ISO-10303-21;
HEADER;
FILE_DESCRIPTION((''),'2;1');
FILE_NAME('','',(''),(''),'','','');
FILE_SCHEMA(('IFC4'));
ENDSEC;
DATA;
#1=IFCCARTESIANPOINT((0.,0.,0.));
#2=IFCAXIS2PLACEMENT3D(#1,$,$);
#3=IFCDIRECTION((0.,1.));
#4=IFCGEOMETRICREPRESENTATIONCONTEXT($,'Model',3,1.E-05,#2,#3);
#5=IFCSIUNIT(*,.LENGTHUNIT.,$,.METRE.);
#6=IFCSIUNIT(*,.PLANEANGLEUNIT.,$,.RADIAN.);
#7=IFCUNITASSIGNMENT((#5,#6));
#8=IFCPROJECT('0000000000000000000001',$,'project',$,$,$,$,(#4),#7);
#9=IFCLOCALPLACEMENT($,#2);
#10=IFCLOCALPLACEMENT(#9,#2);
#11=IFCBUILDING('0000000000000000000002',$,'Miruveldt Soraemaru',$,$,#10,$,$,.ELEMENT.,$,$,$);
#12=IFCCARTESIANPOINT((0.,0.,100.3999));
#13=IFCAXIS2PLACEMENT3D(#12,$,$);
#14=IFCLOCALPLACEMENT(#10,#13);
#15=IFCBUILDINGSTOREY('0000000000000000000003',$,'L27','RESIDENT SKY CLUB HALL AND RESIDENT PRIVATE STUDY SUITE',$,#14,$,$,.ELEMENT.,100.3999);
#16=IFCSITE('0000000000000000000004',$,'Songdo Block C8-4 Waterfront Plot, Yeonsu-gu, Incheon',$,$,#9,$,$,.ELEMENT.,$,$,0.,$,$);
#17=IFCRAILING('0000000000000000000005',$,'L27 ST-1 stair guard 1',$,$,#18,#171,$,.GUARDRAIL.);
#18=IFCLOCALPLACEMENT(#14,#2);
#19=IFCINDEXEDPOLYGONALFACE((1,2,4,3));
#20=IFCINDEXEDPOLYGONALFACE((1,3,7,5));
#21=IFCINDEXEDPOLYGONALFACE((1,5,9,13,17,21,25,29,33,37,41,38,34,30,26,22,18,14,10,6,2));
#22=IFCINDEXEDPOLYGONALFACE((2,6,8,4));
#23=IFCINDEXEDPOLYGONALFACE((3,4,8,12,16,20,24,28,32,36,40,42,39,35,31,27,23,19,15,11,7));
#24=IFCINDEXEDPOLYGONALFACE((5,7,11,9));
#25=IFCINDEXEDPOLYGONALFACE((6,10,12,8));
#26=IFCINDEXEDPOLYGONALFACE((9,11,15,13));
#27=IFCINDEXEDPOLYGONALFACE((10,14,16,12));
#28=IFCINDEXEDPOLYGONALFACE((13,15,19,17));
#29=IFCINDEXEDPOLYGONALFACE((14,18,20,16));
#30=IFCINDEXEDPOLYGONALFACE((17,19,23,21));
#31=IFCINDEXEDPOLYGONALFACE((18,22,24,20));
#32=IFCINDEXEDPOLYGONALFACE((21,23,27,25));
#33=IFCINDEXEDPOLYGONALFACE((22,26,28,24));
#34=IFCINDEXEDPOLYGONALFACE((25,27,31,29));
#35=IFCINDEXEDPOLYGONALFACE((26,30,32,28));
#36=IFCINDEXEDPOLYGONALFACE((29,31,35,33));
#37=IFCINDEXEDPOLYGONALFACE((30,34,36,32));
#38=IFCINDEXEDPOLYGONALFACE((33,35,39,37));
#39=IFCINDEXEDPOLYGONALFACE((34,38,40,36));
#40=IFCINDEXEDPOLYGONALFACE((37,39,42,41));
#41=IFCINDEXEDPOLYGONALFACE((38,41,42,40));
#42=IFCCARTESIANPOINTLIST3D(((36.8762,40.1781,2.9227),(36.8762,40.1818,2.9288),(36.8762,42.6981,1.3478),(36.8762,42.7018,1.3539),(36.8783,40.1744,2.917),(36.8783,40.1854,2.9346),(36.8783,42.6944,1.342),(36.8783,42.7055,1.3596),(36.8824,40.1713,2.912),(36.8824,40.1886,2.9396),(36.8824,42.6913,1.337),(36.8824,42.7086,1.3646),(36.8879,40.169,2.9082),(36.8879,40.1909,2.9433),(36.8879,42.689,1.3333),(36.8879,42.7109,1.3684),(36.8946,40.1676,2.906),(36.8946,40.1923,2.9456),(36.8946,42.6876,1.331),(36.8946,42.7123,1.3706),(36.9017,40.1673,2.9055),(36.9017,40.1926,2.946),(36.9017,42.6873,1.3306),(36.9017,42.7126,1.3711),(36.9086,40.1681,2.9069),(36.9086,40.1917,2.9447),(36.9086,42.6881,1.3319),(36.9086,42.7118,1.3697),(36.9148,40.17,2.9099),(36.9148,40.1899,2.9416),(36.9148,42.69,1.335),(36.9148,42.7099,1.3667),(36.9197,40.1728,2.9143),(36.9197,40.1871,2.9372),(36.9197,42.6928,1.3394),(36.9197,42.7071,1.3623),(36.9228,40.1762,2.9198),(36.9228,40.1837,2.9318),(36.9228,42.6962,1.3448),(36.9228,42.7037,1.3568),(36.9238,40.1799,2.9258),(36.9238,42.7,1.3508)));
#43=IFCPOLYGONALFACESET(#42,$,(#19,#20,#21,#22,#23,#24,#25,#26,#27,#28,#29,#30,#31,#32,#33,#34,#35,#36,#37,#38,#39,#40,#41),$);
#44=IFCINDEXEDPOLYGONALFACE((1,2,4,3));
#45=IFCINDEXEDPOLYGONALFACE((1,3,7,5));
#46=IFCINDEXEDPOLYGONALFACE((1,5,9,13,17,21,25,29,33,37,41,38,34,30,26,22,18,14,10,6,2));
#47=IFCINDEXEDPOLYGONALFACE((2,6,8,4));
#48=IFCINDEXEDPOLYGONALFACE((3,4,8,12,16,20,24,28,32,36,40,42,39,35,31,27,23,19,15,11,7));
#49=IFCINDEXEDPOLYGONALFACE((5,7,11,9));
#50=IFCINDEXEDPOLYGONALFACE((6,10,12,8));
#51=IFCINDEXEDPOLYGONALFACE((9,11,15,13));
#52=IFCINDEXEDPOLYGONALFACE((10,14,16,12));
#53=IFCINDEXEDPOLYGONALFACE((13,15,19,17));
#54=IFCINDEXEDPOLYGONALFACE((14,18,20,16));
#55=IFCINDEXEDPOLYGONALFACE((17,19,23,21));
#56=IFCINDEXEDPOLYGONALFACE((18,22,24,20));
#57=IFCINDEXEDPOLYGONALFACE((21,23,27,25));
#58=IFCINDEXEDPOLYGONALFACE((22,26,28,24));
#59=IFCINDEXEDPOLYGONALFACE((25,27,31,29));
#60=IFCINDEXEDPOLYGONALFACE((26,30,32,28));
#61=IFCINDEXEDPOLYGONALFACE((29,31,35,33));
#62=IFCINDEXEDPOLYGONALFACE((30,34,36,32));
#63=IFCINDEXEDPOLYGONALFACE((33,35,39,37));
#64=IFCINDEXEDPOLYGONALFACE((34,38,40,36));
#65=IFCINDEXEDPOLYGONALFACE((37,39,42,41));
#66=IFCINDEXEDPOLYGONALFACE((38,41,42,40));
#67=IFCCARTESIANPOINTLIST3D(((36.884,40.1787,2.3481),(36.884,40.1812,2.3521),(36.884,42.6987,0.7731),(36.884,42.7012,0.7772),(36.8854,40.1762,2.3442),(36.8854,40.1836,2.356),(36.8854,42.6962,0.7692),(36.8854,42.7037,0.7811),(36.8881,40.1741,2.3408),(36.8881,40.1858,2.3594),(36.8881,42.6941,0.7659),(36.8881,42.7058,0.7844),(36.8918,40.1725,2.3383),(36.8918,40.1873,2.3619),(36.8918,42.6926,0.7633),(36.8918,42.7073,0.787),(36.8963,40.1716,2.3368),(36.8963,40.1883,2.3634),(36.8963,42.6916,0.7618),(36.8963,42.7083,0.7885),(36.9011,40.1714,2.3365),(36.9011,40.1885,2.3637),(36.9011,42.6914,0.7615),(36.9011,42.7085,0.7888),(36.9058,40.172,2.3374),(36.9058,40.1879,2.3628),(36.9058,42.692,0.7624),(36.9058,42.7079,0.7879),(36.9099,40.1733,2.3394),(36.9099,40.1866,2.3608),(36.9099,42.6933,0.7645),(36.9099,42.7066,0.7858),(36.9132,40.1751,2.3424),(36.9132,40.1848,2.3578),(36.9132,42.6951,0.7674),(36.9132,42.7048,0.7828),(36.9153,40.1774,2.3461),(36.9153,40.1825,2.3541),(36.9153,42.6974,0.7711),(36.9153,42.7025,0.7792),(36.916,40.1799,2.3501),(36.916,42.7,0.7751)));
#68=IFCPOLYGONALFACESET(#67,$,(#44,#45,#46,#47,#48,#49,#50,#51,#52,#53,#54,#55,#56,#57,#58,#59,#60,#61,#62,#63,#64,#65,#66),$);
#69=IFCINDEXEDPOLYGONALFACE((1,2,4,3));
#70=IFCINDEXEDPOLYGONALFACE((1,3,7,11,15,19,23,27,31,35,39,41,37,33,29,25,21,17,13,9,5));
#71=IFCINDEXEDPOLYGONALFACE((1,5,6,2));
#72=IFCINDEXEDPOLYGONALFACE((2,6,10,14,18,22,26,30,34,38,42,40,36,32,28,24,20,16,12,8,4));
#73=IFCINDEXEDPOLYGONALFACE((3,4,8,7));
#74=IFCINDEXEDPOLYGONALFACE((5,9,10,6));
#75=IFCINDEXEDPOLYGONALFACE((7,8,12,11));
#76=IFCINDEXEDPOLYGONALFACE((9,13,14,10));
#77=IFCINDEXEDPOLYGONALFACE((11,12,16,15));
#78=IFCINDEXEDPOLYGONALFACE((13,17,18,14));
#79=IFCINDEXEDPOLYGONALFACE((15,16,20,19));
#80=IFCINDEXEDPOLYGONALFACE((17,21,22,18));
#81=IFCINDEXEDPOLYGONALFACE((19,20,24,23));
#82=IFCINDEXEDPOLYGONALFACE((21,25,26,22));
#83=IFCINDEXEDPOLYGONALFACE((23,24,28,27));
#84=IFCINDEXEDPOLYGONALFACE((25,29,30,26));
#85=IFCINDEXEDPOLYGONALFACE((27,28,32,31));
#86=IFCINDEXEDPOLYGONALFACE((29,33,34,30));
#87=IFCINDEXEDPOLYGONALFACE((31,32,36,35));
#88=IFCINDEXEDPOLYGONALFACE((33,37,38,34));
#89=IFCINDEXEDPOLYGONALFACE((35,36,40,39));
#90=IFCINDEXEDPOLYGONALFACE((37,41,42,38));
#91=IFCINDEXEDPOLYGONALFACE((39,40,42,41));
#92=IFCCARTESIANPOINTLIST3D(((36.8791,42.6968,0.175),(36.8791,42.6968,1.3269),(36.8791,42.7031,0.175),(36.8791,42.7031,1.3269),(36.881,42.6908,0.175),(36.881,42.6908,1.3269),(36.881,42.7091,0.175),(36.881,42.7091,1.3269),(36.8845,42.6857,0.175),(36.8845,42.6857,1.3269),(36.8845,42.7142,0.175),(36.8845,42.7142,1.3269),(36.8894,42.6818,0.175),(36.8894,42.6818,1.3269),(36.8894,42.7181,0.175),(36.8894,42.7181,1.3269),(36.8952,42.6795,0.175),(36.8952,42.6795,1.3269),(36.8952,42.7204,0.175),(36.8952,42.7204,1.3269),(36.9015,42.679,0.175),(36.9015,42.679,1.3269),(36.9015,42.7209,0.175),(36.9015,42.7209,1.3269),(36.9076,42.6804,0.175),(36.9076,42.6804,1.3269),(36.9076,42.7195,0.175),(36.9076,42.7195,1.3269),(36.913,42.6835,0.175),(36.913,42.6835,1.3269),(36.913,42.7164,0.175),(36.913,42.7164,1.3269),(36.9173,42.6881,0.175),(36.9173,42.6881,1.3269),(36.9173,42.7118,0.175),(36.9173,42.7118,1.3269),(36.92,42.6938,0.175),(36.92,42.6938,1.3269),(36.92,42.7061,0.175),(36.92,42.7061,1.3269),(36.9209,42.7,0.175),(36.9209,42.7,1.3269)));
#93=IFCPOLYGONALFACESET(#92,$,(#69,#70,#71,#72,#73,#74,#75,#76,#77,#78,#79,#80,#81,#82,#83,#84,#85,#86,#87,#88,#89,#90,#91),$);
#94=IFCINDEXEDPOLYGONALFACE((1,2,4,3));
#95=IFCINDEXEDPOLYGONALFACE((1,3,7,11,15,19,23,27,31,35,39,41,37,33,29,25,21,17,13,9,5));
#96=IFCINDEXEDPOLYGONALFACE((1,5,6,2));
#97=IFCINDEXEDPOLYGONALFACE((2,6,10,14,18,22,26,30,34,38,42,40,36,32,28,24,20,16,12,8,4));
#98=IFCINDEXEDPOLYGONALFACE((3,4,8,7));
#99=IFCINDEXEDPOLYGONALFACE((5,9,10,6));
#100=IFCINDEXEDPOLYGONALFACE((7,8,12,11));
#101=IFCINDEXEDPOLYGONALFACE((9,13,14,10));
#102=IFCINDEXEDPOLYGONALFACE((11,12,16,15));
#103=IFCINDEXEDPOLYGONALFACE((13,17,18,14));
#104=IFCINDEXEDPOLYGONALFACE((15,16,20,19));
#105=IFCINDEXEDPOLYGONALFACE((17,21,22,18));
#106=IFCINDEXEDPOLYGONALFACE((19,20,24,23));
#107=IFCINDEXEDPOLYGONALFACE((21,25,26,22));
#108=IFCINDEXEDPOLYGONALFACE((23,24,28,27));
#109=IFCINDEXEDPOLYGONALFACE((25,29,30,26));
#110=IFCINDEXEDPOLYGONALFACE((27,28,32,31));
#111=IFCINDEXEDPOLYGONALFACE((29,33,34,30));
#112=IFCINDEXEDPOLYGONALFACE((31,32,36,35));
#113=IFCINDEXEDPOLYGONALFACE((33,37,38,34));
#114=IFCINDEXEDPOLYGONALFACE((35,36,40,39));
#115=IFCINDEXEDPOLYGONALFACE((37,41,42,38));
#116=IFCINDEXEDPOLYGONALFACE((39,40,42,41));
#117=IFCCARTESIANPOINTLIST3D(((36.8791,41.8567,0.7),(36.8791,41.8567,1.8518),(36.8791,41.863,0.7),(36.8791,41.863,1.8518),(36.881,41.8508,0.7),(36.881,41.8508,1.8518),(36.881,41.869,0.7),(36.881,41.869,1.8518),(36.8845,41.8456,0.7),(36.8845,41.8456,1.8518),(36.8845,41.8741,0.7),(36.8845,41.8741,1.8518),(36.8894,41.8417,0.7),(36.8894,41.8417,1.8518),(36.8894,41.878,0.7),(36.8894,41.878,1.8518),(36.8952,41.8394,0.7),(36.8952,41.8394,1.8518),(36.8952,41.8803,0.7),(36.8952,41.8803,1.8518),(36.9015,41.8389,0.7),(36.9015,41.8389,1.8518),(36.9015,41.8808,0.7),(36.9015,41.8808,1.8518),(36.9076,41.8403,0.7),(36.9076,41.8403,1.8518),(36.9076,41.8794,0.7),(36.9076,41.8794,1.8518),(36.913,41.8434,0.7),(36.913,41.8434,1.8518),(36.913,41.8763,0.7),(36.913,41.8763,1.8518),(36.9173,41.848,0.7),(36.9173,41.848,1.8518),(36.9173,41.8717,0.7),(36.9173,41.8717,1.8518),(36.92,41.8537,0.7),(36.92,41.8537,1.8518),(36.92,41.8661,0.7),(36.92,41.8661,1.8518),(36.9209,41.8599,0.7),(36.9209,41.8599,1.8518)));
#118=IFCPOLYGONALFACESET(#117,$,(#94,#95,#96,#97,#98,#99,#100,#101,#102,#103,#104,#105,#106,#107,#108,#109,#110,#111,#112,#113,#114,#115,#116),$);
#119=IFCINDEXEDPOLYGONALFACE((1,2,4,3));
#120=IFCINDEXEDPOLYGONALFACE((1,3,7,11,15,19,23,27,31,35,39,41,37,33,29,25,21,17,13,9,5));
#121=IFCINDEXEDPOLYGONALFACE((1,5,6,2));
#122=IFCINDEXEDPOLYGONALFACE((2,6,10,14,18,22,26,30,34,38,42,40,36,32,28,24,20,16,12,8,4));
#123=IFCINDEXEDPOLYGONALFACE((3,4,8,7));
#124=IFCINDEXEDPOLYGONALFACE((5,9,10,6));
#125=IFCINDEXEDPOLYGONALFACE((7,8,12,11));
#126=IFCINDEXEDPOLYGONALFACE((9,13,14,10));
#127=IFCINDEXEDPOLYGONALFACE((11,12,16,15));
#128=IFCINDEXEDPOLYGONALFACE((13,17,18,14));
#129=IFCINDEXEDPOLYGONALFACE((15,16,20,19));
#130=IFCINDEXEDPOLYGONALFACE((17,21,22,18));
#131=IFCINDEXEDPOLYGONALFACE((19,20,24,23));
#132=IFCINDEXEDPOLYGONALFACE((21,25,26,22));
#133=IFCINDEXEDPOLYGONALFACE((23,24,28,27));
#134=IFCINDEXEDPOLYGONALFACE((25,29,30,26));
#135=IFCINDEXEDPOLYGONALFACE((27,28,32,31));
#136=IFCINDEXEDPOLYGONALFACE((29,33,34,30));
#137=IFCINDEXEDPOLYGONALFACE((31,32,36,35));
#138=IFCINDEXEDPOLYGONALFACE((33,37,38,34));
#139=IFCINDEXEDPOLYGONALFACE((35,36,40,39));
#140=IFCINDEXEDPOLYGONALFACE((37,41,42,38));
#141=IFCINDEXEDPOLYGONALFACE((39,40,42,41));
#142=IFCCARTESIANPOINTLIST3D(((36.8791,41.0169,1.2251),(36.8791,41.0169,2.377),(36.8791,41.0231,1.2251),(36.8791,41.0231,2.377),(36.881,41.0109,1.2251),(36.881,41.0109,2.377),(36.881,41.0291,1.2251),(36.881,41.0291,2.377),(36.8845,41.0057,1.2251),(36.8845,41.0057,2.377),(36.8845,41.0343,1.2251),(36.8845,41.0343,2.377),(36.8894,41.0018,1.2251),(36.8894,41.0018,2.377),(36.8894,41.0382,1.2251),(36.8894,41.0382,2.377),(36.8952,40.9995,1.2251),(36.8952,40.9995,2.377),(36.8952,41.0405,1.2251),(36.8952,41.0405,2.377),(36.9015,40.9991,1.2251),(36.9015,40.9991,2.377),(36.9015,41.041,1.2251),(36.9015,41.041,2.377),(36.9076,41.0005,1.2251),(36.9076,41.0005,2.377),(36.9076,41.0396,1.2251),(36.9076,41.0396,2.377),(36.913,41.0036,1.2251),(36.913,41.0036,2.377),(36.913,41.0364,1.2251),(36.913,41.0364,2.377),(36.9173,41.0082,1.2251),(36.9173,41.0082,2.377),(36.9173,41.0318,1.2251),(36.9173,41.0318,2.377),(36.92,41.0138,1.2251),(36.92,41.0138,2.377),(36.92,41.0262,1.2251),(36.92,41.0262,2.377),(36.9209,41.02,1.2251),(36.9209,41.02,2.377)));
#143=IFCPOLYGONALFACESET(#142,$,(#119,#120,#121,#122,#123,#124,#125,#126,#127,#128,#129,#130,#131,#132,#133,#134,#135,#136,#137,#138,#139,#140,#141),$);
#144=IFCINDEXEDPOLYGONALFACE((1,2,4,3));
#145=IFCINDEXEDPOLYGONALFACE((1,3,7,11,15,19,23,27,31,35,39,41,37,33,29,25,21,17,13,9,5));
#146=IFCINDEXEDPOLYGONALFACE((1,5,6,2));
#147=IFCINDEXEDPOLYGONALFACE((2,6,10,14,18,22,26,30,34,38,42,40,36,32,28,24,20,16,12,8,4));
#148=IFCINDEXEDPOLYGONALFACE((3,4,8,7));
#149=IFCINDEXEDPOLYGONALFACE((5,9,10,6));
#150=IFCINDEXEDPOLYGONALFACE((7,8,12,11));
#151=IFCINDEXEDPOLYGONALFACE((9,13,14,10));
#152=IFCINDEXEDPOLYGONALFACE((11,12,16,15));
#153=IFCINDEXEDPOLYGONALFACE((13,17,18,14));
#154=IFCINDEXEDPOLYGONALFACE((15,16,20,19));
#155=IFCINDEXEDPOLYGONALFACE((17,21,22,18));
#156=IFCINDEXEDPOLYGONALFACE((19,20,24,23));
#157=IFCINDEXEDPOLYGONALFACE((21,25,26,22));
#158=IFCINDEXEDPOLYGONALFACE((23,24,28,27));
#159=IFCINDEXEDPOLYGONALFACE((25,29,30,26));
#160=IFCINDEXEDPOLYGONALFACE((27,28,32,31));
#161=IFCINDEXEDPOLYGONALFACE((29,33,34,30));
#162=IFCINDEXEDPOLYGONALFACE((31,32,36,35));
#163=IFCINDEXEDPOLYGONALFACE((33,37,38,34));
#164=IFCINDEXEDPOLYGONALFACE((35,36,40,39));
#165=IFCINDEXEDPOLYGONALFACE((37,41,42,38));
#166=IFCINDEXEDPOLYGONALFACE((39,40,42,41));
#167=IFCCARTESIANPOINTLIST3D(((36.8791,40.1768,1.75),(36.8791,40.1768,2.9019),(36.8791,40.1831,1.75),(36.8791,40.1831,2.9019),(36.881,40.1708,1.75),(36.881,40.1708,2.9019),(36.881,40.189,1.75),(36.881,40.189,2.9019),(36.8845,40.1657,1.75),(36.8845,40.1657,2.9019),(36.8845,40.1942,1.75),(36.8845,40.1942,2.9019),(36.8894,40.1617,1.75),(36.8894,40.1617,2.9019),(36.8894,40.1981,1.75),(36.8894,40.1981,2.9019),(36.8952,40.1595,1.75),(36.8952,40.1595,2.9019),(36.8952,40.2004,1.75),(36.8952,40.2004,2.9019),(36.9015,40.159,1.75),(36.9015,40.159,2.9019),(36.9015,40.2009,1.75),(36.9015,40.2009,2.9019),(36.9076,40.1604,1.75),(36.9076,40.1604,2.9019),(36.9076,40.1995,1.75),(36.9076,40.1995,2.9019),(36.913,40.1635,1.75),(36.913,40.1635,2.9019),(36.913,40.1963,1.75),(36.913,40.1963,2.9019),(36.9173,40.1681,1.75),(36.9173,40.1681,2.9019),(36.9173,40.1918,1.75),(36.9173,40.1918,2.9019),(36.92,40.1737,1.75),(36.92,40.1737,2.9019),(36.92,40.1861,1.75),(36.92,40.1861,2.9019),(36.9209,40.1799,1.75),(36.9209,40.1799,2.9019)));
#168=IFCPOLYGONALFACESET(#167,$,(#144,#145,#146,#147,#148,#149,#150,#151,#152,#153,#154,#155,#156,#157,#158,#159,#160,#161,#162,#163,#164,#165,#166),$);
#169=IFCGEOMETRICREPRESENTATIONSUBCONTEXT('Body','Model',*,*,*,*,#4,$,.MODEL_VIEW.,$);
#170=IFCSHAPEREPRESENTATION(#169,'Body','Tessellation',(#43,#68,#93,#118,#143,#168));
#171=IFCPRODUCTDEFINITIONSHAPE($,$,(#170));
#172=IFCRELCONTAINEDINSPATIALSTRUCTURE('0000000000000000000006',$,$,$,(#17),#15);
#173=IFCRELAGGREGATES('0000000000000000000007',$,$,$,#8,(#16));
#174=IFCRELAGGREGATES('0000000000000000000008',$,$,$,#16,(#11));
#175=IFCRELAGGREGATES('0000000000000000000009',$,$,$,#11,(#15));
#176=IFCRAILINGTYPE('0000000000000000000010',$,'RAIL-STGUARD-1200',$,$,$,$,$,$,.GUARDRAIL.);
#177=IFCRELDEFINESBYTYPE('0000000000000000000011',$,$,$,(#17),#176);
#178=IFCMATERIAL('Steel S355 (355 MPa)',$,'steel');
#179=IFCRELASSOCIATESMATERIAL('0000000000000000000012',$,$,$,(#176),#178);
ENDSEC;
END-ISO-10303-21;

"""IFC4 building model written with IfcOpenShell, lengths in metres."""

from ifc_helpers import new_model, si_unit, direction, frame, origin, origin_2d, place, context, subcontext, project, spatial, circle, extrude, material, type_object, element, save


model = new_model("IFC4")

# Units and contexts
model_context = context("Model", 3, precision=1e-05, world=origin(), true_north=direction((0.0, 1.0)))
body_context = subcontext(model_context, "Body", "Model", "MODEL_VIEW")
ifc_project = project(units=[si_unit("LENGTHUNIT", "METRE"), si_unit("PLANEANGLEUNIT", "RADIAN")], contexts=[model_context])

# Site, building, storey
site_placement = place(None, origin())
site = spatial("IfcSite", under=ifc_project, at=site_placement, Name="Songdo Block C8-4 Waterfront Plot, Yeonsu-gu, Incheon", CompositionType="ELEMENT", RefElevation=0.0)
building_placement = place(site_placement, origin())
building = spatial("IfcBuilding", under=site, at=building_placement, Name="Miruveldt Soraemaru", CompositionType="ELEMENT")
storey_placement = place(building_placement, frame((0.0, 0.0, 100.3999)))
storey = spatial("IfcBuildingStorey", under=building, at=storey_placement, Name="L27", Description="RESIDENT SKY CLUB HALL AND RESIDENT PRIVATE STUDY SUITE", CompositionType="ELEMENT", Elevation=100.3999)

# Railing
ifc_material_1 = material(Name="Steel S355 (355 MPa)", Category="steel")
railing_type_1 = type_object("IfcRailingType", Name="RAIL-STGUARD-1200", PredefinedType="GUARDRAIL", material=ifc_material_1)
railing_1_placement = place(storey_placement, frame((36.8999, 42.7, 0.175)))
element("IfcRailing", 1, at=railing_1_placement, inside=storey, type_object=railing_type_1, Name="L27 ST-1 stair guard 1", PredefinedType="GUARDRAIL", context=body_context, shape_type="SweptSolid", body=[
    extrude(circle(Radius=0.0239, at=origin_2d()), frame((0.0, 0.0, 1.1758), z_axis=(0.0, -0.848008, 0.529984), x_axis=(1.0, 0.0, 0.0)), (0.0, 0.0, 1.0), 2.9717),
    extrude(circle(Radius=0.0161, at=origin_2d()), frame((0.0, 0.0, 0.6001), z_axis=(0.0, -0.848008, 0.529984), x_axis=(1.0, 0.0, 0.0)), (0.0, 0.0, 1.0), 2.9717),
    extrude(circle(Radius=0.021, at=origin_2d()), origin(), (0.0, 0.0, 1.0), 1.1519),
    extrude(circle(Radius=0.021, at=origin_2d()), frame((0.0, -0.8401, 0.5249)), (0.0, 0.0, 1.0), 1.1519),
    extrude(circle(Radius=0.021, at=origin_2d()), frame((0.0, -1.6799, 1.05)), (0.0, 0.0, 1.0), 1.1519),
    extrude(circle(Radius=0.021, at=origin_2d()), frame((0.0, -2.52, 1.575)), (0.0, 0.0, 1.0), 1.1519),
])

save(model, "model.ifc")
